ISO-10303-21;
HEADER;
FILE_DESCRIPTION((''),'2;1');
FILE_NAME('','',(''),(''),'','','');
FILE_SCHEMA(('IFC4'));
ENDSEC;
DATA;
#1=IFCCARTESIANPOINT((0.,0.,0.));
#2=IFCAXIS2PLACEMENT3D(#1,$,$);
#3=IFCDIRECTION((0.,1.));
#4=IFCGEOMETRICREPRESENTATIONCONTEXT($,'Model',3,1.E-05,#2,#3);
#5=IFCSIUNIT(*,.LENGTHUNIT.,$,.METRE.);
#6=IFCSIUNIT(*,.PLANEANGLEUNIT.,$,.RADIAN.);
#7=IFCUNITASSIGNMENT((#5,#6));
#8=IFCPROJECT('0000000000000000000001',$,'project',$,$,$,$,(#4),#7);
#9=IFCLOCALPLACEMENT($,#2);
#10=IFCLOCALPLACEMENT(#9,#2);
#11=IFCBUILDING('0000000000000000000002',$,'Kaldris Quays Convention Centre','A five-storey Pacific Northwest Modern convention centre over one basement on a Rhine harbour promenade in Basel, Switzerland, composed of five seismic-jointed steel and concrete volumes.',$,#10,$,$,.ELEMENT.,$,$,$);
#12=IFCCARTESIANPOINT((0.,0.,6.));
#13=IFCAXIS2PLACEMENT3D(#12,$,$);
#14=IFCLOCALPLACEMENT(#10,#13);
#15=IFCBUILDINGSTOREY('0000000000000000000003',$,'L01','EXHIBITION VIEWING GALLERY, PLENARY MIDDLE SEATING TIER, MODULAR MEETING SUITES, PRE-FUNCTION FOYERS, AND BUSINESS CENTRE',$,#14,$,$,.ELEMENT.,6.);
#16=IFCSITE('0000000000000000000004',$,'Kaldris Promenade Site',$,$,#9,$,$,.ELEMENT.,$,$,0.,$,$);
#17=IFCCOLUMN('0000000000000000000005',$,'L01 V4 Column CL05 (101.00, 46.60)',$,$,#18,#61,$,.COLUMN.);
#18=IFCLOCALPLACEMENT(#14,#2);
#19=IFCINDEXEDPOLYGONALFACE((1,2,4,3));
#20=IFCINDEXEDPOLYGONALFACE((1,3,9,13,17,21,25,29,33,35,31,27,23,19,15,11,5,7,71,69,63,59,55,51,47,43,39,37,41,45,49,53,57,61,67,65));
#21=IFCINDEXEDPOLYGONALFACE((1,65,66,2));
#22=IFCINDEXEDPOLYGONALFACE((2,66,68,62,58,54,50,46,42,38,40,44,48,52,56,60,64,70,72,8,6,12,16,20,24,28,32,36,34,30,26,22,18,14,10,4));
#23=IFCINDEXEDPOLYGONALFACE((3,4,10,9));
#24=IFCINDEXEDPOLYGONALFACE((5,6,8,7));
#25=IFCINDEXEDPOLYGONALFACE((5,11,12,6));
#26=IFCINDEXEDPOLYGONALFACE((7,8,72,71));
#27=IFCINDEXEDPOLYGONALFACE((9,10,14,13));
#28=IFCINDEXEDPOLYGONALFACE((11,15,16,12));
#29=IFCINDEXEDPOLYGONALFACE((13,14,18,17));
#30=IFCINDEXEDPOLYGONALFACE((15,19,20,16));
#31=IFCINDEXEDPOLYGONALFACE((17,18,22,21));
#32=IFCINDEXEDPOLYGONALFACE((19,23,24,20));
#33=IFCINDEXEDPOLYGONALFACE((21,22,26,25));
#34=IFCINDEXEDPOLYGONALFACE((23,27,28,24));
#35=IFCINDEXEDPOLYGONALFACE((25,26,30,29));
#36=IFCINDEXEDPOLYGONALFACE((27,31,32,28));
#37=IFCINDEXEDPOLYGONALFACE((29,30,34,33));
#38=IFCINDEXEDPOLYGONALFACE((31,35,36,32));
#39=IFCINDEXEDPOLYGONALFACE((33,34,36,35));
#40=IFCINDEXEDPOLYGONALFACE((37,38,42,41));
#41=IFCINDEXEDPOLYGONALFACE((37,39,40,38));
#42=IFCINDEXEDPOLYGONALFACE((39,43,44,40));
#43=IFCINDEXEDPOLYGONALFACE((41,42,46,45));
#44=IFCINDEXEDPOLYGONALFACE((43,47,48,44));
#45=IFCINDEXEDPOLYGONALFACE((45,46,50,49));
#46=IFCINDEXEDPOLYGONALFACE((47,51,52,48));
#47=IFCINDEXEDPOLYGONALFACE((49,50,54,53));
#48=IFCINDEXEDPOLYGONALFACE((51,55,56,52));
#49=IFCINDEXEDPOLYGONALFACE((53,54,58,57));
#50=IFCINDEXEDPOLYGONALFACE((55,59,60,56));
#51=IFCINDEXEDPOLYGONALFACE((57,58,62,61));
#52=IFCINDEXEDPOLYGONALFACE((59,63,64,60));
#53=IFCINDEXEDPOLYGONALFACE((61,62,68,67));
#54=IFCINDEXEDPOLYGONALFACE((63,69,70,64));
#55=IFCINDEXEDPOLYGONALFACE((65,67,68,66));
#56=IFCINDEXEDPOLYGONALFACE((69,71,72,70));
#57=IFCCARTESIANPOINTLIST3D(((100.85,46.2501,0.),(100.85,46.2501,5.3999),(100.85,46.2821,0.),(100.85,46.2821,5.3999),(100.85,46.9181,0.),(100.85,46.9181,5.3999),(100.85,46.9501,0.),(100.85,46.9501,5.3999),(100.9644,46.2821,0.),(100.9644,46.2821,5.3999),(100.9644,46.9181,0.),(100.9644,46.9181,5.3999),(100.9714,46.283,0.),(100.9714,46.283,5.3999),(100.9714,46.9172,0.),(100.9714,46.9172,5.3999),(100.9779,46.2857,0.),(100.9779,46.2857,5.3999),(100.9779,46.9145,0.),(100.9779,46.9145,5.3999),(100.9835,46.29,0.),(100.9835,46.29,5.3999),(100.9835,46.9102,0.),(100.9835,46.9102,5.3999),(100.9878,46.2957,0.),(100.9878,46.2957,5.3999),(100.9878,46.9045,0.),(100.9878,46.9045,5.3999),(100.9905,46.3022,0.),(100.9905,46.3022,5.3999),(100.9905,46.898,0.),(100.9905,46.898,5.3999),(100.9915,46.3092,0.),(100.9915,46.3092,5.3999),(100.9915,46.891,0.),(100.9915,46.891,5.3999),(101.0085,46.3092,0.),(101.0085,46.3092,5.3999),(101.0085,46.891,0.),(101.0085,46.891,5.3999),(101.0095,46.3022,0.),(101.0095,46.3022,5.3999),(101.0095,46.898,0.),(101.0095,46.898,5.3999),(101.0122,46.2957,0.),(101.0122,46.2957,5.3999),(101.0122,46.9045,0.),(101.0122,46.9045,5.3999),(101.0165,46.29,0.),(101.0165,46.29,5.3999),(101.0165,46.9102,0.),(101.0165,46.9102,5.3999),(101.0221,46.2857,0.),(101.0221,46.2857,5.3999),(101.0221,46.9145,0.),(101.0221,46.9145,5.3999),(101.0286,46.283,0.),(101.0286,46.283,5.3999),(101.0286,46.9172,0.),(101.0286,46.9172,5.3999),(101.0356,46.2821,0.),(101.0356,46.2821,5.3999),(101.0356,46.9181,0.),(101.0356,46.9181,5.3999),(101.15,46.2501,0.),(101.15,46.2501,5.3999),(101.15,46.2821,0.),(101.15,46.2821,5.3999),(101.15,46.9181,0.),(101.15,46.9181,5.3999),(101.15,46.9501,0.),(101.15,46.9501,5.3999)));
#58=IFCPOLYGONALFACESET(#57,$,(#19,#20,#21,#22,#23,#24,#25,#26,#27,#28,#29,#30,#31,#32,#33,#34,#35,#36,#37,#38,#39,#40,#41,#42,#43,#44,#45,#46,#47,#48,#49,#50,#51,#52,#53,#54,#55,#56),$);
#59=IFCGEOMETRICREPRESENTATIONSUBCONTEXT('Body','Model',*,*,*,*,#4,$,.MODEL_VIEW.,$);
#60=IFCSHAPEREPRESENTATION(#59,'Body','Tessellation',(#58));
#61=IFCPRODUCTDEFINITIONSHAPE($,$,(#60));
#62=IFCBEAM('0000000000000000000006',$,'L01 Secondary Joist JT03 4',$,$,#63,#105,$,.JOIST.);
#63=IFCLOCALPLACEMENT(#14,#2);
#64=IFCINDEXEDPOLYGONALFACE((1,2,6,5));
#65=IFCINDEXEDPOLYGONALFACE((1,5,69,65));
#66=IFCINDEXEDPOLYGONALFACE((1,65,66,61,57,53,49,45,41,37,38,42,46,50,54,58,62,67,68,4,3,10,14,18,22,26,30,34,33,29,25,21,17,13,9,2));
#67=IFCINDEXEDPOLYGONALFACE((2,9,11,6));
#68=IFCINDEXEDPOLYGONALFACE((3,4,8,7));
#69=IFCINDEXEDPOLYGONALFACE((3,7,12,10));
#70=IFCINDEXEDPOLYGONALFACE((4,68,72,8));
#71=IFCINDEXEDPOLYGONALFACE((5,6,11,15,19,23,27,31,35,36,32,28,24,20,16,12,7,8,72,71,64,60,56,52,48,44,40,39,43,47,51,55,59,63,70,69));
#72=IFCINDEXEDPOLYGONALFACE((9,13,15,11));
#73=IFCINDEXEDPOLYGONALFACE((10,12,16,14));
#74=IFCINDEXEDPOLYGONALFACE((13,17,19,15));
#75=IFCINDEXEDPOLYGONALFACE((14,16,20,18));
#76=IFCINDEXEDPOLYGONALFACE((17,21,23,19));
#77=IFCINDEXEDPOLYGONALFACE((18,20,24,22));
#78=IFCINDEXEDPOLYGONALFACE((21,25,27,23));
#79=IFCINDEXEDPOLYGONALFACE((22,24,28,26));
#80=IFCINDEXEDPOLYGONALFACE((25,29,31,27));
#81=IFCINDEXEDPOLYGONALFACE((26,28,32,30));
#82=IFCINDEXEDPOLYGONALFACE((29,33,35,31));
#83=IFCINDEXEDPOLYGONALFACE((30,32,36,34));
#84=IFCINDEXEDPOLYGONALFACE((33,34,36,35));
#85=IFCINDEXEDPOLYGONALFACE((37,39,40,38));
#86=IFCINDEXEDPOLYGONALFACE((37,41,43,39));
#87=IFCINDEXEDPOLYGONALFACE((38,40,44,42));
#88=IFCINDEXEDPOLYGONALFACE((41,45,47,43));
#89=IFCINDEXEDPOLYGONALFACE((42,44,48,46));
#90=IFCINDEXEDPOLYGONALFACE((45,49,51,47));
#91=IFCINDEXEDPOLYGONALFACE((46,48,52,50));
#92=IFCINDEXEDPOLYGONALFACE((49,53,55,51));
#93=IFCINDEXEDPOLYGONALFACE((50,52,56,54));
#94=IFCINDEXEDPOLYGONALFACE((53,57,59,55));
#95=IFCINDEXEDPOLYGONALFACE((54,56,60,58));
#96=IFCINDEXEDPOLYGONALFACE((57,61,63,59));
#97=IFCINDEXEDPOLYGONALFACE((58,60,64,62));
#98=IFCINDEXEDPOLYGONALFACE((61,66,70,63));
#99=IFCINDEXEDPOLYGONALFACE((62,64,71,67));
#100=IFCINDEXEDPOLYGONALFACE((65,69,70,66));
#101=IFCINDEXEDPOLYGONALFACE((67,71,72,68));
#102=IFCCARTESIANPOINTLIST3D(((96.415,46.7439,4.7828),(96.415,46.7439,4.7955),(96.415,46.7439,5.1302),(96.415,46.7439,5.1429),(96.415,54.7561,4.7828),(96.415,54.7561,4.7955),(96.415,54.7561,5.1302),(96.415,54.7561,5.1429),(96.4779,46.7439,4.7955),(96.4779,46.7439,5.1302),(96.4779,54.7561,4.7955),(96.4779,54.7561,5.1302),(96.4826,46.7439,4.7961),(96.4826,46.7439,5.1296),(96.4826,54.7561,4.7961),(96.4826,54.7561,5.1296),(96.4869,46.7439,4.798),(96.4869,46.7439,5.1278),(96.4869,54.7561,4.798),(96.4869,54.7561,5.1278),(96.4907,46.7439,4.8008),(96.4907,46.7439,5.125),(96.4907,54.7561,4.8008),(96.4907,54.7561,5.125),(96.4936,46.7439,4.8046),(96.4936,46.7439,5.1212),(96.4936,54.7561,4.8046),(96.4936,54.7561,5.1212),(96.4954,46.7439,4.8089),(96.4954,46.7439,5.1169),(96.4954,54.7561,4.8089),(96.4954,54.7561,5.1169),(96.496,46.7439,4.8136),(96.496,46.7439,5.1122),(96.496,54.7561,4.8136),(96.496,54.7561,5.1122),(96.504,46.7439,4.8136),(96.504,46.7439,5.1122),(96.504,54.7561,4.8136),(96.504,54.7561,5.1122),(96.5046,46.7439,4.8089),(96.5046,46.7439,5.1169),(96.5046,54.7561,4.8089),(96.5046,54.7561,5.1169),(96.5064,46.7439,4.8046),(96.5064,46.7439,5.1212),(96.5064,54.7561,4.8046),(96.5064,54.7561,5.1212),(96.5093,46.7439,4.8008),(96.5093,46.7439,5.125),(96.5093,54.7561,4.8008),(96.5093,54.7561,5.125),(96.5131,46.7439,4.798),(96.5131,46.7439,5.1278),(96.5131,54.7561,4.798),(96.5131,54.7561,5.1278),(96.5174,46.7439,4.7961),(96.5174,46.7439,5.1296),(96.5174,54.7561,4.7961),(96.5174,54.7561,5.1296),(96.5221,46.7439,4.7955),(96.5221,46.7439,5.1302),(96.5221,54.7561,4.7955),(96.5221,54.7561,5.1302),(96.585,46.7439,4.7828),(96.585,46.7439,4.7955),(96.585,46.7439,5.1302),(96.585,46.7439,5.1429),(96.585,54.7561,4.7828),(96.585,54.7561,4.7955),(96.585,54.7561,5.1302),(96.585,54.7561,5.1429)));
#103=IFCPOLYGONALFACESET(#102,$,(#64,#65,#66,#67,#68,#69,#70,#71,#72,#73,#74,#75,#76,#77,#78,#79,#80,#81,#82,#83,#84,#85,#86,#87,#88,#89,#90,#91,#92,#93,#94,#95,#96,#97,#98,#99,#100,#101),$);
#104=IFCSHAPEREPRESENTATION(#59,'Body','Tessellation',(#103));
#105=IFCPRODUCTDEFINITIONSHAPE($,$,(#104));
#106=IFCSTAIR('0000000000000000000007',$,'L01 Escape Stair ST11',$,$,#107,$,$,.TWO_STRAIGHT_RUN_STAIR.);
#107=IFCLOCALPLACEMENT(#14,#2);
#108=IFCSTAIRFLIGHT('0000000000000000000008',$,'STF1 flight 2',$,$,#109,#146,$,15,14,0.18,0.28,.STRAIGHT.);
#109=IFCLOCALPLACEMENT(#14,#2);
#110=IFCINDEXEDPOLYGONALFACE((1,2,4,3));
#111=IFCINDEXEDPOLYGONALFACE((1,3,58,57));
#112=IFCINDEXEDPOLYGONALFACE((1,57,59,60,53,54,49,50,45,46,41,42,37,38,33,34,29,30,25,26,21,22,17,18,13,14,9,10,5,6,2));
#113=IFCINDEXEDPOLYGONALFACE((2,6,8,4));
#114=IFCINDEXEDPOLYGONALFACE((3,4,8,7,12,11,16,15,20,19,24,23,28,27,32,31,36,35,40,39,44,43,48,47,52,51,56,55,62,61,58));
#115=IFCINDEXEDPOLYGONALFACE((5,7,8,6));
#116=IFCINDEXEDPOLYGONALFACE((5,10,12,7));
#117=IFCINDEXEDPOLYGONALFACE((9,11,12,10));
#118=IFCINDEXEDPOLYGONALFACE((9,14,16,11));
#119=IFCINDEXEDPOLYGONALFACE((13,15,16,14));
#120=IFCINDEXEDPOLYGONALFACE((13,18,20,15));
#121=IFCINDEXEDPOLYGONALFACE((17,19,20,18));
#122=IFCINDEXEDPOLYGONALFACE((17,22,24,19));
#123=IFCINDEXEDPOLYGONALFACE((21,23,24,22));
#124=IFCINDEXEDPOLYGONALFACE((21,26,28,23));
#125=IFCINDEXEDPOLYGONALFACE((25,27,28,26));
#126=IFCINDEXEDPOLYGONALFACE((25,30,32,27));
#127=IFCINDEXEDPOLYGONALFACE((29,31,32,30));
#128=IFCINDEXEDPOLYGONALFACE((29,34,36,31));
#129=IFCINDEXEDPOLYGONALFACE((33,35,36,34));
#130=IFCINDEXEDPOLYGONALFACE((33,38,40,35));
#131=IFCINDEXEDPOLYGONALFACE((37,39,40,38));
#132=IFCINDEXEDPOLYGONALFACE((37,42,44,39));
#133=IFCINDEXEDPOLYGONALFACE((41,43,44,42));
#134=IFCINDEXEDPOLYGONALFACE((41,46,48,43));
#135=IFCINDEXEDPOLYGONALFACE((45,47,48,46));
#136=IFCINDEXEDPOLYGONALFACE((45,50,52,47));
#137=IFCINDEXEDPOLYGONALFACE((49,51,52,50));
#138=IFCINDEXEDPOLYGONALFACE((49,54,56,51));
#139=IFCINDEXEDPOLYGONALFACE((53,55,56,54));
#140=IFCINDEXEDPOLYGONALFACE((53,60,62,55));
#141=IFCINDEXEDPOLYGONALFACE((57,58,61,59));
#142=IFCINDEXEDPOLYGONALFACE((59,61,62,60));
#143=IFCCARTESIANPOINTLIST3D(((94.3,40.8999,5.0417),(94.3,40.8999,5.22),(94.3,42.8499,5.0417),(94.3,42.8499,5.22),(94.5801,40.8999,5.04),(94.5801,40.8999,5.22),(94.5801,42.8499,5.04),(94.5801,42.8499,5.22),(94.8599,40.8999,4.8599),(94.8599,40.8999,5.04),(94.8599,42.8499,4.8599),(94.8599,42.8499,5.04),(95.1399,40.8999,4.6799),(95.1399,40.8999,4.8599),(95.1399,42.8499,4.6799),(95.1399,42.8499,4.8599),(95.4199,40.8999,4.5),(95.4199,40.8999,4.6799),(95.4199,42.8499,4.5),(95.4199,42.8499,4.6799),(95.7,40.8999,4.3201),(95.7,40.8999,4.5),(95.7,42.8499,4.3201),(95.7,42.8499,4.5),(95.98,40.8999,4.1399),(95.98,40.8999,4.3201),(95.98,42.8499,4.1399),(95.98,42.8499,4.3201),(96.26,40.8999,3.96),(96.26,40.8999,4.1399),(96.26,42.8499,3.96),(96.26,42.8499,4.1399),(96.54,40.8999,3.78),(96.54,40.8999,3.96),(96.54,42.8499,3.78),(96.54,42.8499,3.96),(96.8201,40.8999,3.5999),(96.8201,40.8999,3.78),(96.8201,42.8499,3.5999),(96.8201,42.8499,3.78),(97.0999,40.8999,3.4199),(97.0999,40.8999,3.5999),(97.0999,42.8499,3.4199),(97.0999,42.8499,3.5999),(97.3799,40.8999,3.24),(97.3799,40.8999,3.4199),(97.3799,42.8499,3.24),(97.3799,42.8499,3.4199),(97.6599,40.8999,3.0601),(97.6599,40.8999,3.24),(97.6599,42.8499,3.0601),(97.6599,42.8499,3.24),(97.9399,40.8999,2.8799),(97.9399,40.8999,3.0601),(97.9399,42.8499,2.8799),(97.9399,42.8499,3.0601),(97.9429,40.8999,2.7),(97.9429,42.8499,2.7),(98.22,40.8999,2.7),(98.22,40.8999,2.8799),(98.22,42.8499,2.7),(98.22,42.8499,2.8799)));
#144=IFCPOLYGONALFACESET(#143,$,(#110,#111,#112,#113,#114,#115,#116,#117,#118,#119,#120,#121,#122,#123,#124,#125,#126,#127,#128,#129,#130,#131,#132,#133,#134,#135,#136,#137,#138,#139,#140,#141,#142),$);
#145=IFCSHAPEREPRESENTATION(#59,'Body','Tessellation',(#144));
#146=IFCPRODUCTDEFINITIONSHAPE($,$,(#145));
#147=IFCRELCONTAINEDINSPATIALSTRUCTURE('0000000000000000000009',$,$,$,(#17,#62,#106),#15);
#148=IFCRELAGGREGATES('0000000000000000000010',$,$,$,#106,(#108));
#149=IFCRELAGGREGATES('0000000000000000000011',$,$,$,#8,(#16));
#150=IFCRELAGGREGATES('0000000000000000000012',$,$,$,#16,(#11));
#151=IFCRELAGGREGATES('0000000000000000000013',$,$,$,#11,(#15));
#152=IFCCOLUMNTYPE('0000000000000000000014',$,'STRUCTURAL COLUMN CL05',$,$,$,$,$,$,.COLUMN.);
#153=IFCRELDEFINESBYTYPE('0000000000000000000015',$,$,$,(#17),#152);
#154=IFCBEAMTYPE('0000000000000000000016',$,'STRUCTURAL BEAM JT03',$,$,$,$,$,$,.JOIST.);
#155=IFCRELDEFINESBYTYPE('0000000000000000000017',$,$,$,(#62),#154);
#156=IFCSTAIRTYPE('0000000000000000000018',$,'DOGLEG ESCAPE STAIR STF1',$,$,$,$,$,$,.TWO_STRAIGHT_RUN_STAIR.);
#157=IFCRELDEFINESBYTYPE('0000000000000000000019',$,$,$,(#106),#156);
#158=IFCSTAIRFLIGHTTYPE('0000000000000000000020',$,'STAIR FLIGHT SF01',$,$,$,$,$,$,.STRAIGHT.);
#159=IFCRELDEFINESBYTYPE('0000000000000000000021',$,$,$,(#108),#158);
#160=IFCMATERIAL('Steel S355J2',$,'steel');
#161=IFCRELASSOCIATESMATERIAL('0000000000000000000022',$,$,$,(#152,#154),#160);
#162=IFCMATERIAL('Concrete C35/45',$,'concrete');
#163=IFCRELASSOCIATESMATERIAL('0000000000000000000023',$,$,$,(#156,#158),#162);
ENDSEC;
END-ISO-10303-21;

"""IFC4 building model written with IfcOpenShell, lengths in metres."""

from ifc_helpers import new_model, si_unit, direction, frame, origin, origin_2d, place, context, subcontext, project, spatial, polyline, i_section, outline, extrude, material, material_profile, profile_set, type_object, element, aggregate, save


model = new_model("IFC4")

# Units and contexts
model_context = context("Model", 3, precision=1e-05, world=origin(), true_north=direction((0.0, 1.0)))
body_context = subcontext(model_context, "Body", "Model", "MODEL_VIEW")
ifc_project = project(units=[si_unit("LENGTHUNIT", "METRE"), si_unit("PLANEANGLEUNIT", "RADIAN")], contexts=[model_context])

# Site, building, storey
site_placement = place(None, origin())
site = spatial("IfcSite", under=ifc_project, at=site_placement, Name="Kaldris Promenade Site", CompositionType="ELEMENT", RefElevation=0.0)
building_placement = place(site_placement, origin())
building = spatial("IfcBuilding", under=site, at=building_placement, Name="Kaldris Quays Convention Centre", Description="A five-storey Pacific Northwest Modern convention centre over one basement on a Rhine harbour promenade in Basel, Switzerland, composed of five seismic-jointed steel and concrete volumes.", CompositionType="ELEMENT")
storey_placement = place(building_placement, frame((0.0, 0.0, 6.0)))
storey = spatial("IfcBuildingStorey", under=building, at=storey_placement, Name="L01", Description="EXHIBITION VIEWING GALLERY, PLENARY MIDDLE SEATING TIER, MODULAR MEETING SUITES, PRE-FUNCTION FOYERS, AND BUSINESS CENTRE", CompositionType="ELEMENT", Elevation=6.0)

# Column
ifc_material_1 = material(Name="Steel S355J2", Category="steel")
ifc_material_profile_1 = material_profile(ifc_material_1, i_section(OverallWidth=0.3, OverallDepth=0.7, WebThickness=0.0171, FlangeThickness=0.032, FilletRadius=0.0271, at=origin_2d()), Name="HEB 700")
ifc_profile_set_1 = profile_set([ifc_material_profile_1], Name="Steel S355J2")
column_type = type_object("IfcColumnType", Name="STRUCTURAL COLUMN CL05", PredefinedType="COLUMN", material=ifc_profile_set_1)
column_placement = place(storey_placement, frame((101.0, 46.6001, 0.0), z_axis=(0.0, 0.0, 1.0), x_axis=(1.0, 0.0, 0.0)))
element("IfcColumn", 1, at=column_placement, inside=storey, type_object=column_type, Name="L01 V4 Column CL05 (101.00, 46.60)", PredefinedType="COLUMN", context=body_context, shape_type="SweptSolid", body=[
    extrude(i_section(OverallWidth=0.3, OverallDepth=0.7, WebThickness=0.0171, FlangeThickness=0.032, FilletRadius=0.0271, at=origin_2d()), origin(), (0.0, 0.0, 1.0), 5.3999),
])

# Beam
ifc_material_profile_2 = material_profile(ifc_material_1, i_section(OverallWidth=0.1699, OverallDepth=0.3601, WebThickness=0.0081, FlangeThickness=0.0127, FilletRadius=0.0181, at=origin_2d()), Name="IPE 360")
ifc_profile_set_2 = profile_set([ifc_material_profile_2], Name="Steel S355J2")
beam_type = type_object("IfcBeamType", Name="STRUCTURAL BEAM JT03", PredefinedType="JOIST", material=ifc_profile_set_2)
beam_placement = place(storey_placement, frame((96.5, 46.7439, 4.9629), z_axis=(0.0, 1.0, 0.0), x_axis=(-1.0, 0.0, 0.0)))
element("IfcBeam", 2, at=beam_placement, inside=storey, type_object=beam_type, Name="L01 Secondary Joist JT03 4", PredefinedType="JOIST", context=body_context, shape_type="SweptSolid", body=[
    extrude(i_section(OverallWidth=0.1699, OverallDepth=0.3601, WebThickness=0.0081, FlangeThickness=0.0127, FilletRadius=0.0181, at=origin_2d()), origin(), (0.0, 0.0, 1.0), 8.0122),
])

# Stair, stair flight
ifc_material_2 = material(Name="Concrete C35/45", Category="concrete")
stair_type = type_object("IfcStairType", Name="DOGLEG ESCAPE STAIR STF1", PredefinedType="TWO_STRAIGHT_RUN_STAIR", material=ifc_material_2)
stair_placement = place(storey_placement, origin())
stair = element("IfcStair", 3, at=stair_placement, inside=storey, type_object=stair_type, Name="L01 Escape Stair ST11", PredefinedType="TWO_STRAIGHT_RUN_STAIR")
stair_flight_type = type_object("IfcStairFlightType", Name="STAIR FLIGHT SF01", PredefinedType="STRAIGHT", material=ifc_material_2)
stair_flight_placement = place(storey_placement, frame((98.22, 41.875, 2.7), z_axis=(0.0, 0.0, 1.0), x_axis=(-1.0, 0.0, 0.0)))
stair_flight = element("IfcStairFlight", 4, at=stair_flight_placement, type_object=stair_flight_type, Name="STF1 flight 2", NumberOfRisers=15, NumberOfTreads=14, PredefinedType="STRAIGHT", RiserHeight=0.18, TreadLength=0.28, context=body_context, shape_type="SweptSolid", body=[
    extrude(outline(polyline([(0.0, 0.0), (0.0, 0.1799), (0.28, 0.1799), (0.28, 0.3601), (0.5601, 0.3601), (0.5601, 0.54), (0.8401, 0.54), (0.8401, 0.72), (1.1201, 0.72), (1.1201, 0.8999), (1.3999, 0.8999), (1.3999, 1.0801), (1.6799, 1.0801), (1.6799, 1.26), (1.96, 1.26), (1.96, 1.4399), (2.24, 1.4399), (2.24, 1.6201), (2.52, 1.6201), (2.52, 1.8), (2.8, 1.8), (2.8, 1.98), (3.0801, 1.98), (3.0801, 2.1599), (3.3601, 2.1599), (3.3601, 2.3401), (3.6399, 2.3401), (3.6399, 2.52), (3.9199, 2.52), (3.9199, 2.7), (3.9199, 2.3418), (0.2771, 0.0), (0.0, 0.0)])), frame((0.0, 0.9751, 0.0), z_axis=(0.0, -1.0, 0.0), x_axis=(1.0, 0.0, 0.0)), (0.0, 0.0, 1.0), 1.95),
])
aggregate(stair, [stair_flight])

save(model, "model.ifc")
